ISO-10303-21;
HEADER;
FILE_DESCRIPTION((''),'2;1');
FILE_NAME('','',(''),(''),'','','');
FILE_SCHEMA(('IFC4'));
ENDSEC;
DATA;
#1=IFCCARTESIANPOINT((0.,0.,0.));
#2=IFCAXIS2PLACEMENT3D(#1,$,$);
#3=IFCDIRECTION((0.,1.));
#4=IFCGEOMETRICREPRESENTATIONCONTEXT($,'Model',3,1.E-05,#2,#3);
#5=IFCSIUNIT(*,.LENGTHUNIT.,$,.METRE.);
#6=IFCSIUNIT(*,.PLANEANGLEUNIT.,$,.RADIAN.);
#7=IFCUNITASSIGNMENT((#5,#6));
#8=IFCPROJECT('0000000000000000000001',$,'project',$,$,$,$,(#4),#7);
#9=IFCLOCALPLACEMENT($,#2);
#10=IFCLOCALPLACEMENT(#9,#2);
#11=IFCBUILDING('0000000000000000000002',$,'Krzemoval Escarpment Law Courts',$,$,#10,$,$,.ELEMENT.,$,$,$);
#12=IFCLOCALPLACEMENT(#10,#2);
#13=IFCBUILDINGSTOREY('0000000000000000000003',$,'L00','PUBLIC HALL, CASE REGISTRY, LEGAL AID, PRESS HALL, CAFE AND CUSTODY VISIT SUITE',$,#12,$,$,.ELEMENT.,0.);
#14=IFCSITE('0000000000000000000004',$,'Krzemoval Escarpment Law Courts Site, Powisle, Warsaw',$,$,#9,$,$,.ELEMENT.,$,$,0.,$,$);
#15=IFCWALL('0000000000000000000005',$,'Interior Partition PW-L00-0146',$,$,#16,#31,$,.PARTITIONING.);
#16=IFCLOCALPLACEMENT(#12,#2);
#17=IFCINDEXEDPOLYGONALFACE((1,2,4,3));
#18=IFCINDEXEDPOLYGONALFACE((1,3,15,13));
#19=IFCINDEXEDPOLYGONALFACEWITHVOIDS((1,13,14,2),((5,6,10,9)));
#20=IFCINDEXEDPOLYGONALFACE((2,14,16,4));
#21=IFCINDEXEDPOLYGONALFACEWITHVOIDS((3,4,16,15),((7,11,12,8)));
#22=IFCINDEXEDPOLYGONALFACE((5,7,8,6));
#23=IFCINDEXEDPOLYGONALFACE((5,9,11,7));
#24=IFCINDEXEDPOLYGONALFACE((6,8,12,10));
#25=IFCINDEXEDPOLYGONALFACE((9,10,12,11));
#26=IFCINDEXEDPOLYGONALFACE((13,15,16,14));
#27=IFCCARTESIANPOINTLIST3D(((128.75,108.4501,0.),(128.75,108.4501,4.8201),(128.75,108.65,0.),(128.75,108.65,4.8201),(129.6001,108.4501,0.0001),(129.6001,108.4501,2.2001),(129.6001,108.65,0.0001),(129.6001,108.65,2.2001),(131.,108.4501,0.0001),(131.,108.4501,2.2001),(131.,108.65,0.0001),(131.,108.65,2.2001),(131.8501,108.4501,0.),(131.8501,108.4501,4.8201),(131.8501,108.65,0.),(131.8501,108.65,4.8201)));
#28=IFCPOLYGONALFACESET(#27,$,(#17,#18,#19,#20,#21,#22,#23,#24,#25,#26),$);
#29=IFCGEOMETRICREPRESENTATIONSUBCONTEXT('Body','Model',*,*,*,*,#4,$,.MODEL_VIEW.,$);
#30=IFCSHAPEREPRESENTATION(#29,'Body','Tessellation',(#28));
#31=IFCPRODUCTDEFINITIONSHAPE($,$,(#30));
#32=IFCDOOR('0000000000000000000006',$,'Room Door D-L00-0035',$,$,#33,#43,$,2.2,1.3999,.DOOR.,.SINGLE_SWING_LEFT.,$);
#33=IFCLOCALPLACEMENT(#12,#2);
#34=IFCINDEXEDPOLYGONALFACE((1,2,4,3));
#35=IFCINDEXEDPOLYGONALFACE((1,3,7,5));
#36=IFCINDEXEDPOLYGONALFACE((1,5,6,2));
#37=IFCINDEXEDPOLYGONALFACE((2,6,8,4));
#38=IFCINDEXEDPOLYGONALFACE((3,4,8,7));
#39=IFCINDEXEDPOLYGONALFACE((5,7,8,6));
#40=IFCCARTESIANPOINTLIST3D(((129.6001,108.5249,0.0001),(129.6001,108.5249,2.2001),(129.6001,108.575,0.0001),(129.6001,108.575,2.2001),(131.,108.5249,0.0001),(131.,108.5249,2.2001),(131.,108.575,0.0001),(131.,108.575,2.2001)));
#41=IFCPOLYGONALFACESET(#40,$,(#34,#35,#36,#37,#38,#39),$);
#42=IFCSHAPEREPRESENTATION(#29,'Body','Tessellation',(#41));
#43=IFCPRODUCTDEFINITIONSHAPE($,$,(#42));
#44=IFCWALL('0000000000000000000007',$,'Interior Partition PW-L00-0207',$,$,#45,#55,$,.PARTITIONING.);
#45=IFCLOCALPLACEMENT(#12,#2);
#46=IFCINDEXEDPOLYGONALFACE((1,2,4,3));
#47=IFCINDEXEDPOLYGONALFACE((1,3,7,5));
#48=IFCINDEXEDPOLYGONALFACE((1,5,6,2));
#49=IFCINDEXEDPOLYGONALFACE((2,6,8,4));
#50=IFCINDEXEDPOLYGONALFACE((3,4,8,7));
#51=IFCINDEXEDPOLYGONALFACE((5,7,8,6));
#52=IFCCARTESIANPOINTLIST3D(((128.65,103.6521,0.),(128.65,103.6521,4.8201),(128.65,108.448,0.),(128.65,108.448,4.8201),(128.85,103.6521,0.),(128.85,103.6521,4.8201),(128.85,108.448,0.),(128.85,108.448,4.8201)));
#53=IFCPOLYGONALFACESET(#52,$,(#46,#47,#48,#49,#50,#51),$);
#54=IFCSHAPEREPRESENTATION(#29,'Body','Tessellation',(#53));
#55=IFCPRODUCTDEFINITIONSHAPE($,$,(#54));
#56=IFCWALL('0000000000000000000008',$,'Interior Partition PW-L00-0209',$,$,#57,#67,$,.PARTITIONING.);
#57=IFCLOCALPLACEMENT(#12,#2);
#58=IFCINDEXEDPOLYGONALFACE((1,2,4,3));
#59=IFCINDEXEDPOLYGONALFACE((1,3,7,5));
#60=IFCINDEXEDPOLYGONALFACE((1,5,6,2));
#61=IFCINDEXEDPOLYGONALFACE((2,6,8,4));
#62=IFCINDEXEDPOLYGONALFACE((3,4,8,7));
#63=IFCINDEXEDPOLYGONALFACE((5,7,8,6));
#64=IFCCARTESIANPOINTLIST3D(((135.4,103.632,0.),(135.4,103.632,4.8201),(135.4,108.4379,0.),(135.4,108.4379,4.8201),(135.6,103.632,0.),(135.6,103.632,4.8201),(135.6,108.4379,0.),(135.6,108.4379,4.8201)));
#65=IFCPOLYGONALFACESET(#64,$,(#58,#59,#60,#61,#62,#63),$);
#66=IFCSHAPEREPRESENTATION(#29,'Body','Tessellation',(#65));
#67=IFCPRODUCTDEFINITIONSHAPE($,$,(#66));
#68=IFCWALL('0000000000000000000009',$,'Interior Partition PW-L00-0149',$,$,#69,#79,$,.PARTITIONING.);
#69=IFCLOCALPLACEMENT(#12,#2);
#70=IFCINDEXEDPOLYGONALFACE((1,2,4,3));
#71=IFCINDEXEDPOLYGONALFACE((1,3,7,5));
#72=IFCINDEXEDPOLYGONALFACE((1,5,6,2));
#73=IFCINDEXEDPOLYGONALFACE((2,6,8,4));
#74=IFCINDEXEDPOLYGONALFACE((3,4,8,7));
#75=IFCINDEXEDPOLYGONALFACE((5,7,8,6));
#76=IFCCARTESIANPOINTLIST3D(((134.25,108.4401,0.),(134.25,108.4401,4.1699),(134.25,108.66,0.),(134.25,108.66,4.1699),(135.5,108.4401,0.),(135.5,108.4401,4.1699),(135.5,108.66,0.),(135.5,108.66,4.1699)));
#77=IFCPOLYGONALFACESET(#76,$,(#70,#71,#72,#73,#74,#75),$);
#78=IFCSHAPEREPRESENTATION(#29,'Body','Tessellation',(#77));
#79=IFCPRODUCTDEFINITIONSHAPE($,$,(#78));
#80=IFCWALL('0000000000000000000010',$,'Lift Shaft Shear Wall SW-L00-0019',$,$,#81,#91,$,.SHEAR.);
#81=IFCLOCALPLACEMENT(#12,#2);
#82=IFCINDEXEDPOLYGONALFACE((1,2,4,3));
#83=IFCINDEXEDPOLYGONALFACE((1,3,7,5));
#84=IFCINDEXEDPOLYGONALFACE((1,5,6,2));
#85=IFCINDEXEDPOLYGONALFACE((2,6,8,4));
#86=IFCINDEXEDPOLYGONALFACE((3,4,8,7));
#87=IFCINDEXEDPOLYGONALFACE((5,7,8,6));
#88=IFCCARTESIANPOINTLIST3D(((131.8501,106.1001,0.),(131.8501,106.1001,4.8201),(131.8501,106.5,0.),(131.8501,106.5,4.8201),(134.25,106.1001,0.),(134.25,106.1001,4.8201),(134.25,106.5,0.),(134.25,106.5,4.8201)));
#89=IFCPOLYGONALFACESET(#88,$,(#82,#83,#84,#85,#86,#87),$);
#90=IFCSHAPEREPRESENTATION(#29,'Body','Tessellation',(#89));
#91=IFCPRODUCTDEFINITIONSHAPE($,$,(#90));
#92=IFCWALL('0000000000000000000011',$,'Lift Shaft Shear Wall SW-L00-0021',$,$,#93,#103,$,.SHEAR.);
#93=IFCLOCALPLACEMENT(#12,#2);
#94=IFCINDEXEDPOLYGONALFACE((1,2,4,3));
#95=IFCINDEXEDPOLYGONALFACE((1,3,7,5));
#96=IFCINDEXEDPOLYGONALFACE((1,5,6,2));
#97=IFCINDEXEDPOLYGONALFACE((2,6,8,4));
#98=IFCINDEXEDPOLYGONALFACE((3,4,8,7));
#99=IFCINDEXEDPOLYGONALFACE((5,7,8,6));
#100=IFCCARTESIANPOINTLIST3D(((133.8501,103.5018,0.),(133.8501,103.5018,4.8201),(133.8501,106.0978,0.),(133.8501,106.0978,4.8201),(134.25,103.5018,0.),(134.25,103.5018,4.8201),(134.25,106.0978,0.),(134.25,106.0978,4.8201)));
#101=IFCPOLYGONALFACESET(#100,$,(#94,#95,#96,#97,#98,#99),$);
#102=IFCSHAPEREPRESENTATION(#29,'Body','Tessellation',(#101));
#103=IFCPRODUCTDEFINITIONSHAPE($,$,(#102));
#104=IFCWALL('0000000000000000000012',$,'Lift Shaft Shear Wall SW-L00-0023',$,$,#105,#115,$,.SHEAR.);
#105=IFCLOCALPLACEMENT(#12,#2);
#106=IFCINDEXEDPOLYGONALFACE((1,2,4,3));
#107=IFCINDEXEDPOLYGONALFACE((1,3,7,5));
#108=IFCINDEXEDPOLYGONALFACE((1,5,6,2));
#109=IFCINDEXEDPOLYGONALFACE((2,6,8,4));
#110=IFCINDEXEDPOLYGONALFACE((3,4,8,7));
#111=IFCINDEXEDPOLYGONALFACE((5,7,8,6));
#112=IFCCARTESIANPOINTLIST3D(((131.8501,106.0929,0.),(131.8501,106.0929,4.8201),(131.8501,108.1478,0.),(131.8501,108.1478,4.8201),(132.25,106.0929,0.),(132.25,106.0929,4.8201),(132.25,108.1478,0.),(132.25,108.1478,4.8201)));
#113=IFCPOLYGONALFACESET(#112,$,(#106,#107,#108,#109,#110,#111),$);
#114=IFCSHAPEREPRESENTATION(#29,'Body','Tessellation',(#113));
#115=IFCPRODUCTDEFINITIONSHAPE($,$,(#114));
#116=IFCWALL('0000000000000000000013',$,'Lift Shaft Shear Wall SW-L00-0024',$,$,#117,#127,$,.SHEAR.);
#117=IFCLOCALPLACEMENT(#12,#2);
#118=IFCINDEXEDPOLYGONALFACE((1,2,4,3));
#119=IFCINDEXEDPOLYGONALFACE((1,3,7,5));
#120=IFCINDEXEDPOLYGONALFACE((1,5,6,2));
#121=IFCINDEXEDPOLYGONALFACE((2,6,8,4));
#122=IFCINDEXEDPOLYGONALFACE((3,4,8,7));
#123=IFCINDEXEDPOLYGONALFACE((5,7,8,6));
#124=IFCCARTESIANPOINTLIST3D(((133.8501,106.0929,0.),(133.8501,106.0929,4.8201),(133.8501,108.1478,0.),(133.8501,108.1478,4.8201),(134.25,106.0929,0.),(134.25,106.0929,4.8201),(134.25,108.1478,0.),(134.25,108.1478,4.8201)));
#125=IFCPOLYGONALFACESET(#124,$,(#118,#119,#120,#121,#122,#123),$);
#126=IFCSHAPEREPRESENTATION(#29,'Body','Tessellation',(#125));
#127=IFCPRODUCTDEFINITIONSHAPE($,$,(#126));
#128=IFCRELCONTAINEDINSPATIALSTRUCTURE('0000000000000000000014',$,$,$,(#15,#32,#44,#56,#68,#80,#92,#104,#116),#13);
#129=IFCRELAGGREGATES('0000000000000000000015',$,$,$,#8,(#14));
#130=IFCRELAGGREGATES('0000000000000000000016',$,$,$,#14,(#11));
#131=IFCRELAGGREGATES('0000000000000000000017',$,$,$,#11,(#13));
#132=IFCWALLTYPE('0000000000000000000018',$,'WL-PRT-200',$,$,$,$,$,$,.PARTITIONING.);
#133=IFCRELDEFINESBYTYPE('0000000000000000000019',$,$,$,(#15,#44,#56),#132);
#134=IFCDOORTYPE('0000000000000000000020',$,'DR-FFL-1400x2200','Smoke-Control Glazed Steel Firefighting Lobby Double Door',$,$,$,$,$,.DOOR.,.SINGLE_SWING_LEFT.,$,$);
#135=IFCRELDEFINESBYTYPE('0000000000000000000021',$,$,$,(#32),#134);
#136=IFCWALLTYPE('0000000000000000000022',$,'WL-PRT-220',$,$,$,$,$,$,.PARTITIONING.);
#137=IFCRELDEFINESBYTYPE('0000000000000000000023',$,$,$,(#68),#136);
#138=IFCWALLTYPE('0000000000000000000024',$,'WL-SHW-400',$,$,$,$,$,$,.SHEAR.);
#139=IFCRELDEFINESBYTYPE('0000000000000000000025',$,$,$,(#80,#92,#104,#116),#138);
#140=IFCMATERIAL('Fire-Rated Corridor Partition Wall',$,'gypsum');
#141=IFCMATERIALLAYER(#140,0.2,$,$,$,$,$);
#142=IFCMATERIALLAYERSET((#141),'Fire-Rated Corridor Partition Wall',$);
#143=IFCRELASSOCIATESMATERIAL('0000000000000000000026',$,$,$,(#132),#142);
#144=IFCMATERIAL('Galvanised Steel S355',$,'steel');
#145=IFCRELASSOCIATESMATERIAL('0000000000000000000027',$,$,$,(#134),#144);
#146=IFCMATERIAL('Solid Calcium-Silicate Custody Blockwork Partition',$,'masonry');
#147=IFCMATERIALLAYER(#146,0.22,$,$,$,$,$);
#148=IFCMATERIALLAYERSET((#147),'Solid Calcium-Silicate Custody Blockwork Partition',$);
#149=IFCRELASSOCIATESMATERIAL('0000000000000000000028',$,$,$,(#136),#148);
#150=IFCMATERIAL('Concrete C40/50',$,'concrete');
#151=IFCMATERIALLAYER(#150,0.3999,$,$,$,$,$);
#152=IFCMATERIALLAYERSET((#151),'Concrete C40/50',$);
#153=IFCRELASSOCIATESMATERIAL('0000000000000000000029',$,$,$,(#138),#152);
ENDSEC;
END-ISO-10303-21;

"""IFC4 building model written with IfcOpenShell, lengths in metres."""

from ifc_helpers import new_model, si_unit, direction, frame, frame_2d, origin, place, context, subcontext, project, spatial, rectangle, extrude, material, layer, layer_set, type_object, element, fill, save


model = new_model("IFC4")

# Units and contexts
model_context = context("Model", 3, precision=1e-05, world=origin(), true_north=direction((0.0, 1.0)))
body_context = subcontext(model_context, "Body", "Model", "MODEL_VIEW")
ifc_project = project(units=[si_unit("LENGTHUNIT", "METRE"), si_unit("PLANEANGLEUNIT", "RADIAN")], contexts=[model_context])

# Site, building, storey
site_placement = place(None, origin())
site = spatial("IfcSite", under=ifc_project, at=site_placement, Name="Krzemoval Escarpment Law Courts Site, Powisle, Warsaw", CompositionType="ELEMENT", RefElevation=0.0)
building_placement = place(site_placement, origin())
building = spatial("IfcBuilding", under=site, at=building_placement, Name="Krzemoval Escarpment Law Courts", CompositionType="ELEMENT")
storey_placement = place(building_placement, origin())
storey = spatial("IfcBuildingStorey", under=building, at=storey_placement, Name="L00", Description="PUBLIC HALL, CASE REGISTRY, LEGAL AID, PRESS HALL, CAFE AND CUSTODY VISIT SUITE", CompositionType="ELEMENT", Elevation=0.0)

# Wall, opening, door
ifc_material_1 = material(Name="Fire-Rated Corridor Partition Wall", Category="gypsum")
ifc_layer_1 = layer(ifc_material_1, 0.2)
ifc_layer_set_1 = layer_set([ifc_layer_1], Name="Fire-Rated Corridor Partition Wall")
wall_type_1 = type_object("IfcWallType", Name="WL-PRT-200", PredefinedType="PARTITIONING", material=ifc_layer_set_1)
wall_1_placement = place(storey_placement, frame((128.75, 108.55, 0.0), z_axis=(0.0, 0.0, 1.0), x_axis=(1.0, 0.0, 0.0)))
wall_1 = element("IfcWall", 1, at=wall_1_placement, inside=storey, type_object=wall_type_1, Name="Interior Partition PW-L00-0146", PredefinedType="PARTITIONING", context=body_context, shape_type="SweptSolid", body=[
    extrude(rectangle(XDim=3.1001, YDim=0.2, at=frame_2d((1.55, 0.0))), origin(), (0.0, 0.0, 1.0), 4.8201),
])
opening_1_placement = place(wall_1_placement, frame((0.8501, 0.0, 0.0)))
opening_1 = element("IfcOpeningElement", 2, at=opening_1_placement, cuts=wall_1, PredefinedType="OPENING", context=body_context, shape_type="SweptSolid", body=[
    extrude(rectangle(XDim=1.3999, YDim=2.2, at=frame_2d((0.7, 1.1001))), frame((0.0, 0.115, 0.0), z_axis=(0.0, -1.0, 0.0), x_axis=(1.0, 0.0, 0.0)), (0.0, 0.0, 1.0), 0.2299),
])
ifc_material_2 = material(Name="Galvanised Steel S355", Category="steel")
door_type_1 = type_object("IfcDoorType", Name="DR-FFL-1400x2200", Description="Smoke-Control Glazed Steel Firefighting Lobby Double Door", OperationType="SINGLE_SWING_LEFT", PredefinedType="DOOR", material=ifc_material_2)
door_1_placement = place(opening_1_placement, origin())
door_1 = element("IfcDoor", 3, at=door_1_placement, inside=storey, type_object=door_type_1, Name="Room Door D-L00-0035", OperationType="SINGLE_SWING_LEFT", OverallHeight=2.2, OverallWidth=1.3999, PredefinedType="DOOR", context=body_context, shape_type="SweptSolid", body=[
    extrude(rectangle(XDim=1.3999, YDim=2.2, at=frame_2d((0.7, 1.1001))), frame((0.0, 0.0249, 0.0), z_axis=(0.0, -1.0, 0.0), x_axis=(1.0, 0.0, 0.0)), (0.0, 0.0, 1.0), 0.05),
])
fill(opening_1, door_1)

# Walls
wall_2_placement = place(storey_placement, frame((128.75, 103.6521, 0.0), z_axis=(0.0, 0.0, 1.0), x_axis=(0.0, 1.0, 0.0)))
element("IfcWall", 4, at=wall_2_placement, inside=storey, type_object=wall_type_1, Name="Interior Partition PW-L00-0207", PredefinedType="PARTITIONING", context=body_context, shape_type="SweptSolid", body=[
    extrude(rectangle(XDim=4.7959, YDim=0.2, at=frame_2d((2.3979, 0.0))), origin(), (0.0, 0.0, 1.0), 4.8201),
])
wall_3_placement = place(storey_placement, frame((135.5, 103.6321, 0.0), z_axis=(0.0, 0.0, 1.0), x_axis=(0.0, 1.0, 0.0)))
element("IfcWall", 5, at=wall_3_placement, inside=storey, type_object=wall_type_1, Name="Interior Partition PW-L00-0209", PredefinedType="PARTITIONING", context=body_context, shape_type="SweptSolid", body=[
    extrude(rectangle(XDim=4.8059, YDim=0.2, at=frame_2d((2.4028, 0.0))), origin(), (0.0, 0.0, 1.0), 4.8201),
])
ifc_material_3 = material(Name="Solid Calcium-Silicate Custody Blockwork Partition", Category="masonry")
ifc_layer_2 = layer(ifc_material_3, 0.22)
ifc_layer_set_2 = layer_set([ifc_layer_2], Name="Solid Calcium-Silicate Custody Blockwork Partition")
wall_type_2 = type_object("IfcWallType", Name="WL-PRT-220", PredefinedType="PARTITIONING", material=ifc_layer_set_2)
wall_4_placement = place(storey_placement, frame((134.25, 108.55, 0.0), z_axis=(0.0, 0.0, 1.0), x_axis=(1.0, 0.0, 0.0)))
element("IfcWall", 6, at=wall_4_placement, inside=storey, type_object=wall_type_2, Name="Interior Partition PW-L00-0149", PredefinedType="PARTITIONING", context=body_context, shape_type="SweptSolid", body=[
    extrude(rectangle(XDim=1.25, YDim=0.22, at=frame_2d((0.625, 0.0))), origin(), (0.0, 0.0, 1.0), 4.1699),
])
ifc_material_4 = material(Name="Concrete C40/50", Category="concrete")
ifc_layer_3 = layer(ifc_material_4, 0.3999)
ifc_layer_set_3 = layer_set([ifc_layer_3], Name="Concrete C40/50")
wall_type_3 = type_object("IfcWallType", Name="WL-SHW-400", PredefinedType="SHEAR", material=ifc_layer_set_3)
wall_5_placement = place(storey_placement, frame((131.8501, 106.3, 0.0), z_axis=(0.0, 0.0, 1.0), x_axis=(1.0, 0.0, 0.0)))
element("IfcWall", 7, at=wall_5_placement, inside=storey, type_object=wall_type_3, Name="Lift Shaft Shear Wall SW-L00-0019", PredefinedType="SHEAR", context=body_context, shape_type="SweptSolid", body=[
    extrude(rectangle(XDim=2.3999, YDim=0.3999, at=frame_2d((1.2, 0.0))), origin(), (0.0, 0.0, 1.0), 4.8201),
])
wall_6_placement = place(storey_placement, frame((134.05, 103.502, 0.0), z_axis=(0.0, 0.0, 1.0), x_axis=(0.0, 1.0, 0.0)))
element("IfcWall", 8, at=wall_6_placement, inside=storey, type_object=wall_type_3, Name="Lift Shaft Shear Wall SW-L00-0021", PredefinedType="SHEAR", context=body_context, shape_type="SweptSolid", body=[
    extrude(rectangle(XDim=2.5959, YDim=0.3999, at=frame_2d((1.2979, 0.0))), origin(), (0.0, 0.0, 1.0), 4.8201),
])

# Walls
for number, where, z_axis, x_axis, name in (
    (9, (132.05, 106.093, 0.0), (0.0, 0.0, 1.0), (0.0, 1.0, 0.0), "Lift Shaft Shear Wall SW-L00-0023"),
    (10, (134.05, 106.093, 0.0), (0.0, 0.0, 1.0), (0.0, 1.0, 0.0), "Lift Shaft Shear Wall SW-L00-0024"),
):
    element("IfcWall", number, at=place(storey_placement, frame(where, z_axis=z_axis, x_axis=x_axis)), inside=storey, type_object=wall_type_3, Name=name, PredefinedType="SHEAR", context=body_context, shape_type="SweptSolid", body=[
        extrude(rectangle(XDim=2.0549, YDim=0.3999, at=frame_2d((1.0273, 0.0))), origin(), (0.0, 0.0, 1.0), 4.8201),
    ])

save(model, "model.ifc")
